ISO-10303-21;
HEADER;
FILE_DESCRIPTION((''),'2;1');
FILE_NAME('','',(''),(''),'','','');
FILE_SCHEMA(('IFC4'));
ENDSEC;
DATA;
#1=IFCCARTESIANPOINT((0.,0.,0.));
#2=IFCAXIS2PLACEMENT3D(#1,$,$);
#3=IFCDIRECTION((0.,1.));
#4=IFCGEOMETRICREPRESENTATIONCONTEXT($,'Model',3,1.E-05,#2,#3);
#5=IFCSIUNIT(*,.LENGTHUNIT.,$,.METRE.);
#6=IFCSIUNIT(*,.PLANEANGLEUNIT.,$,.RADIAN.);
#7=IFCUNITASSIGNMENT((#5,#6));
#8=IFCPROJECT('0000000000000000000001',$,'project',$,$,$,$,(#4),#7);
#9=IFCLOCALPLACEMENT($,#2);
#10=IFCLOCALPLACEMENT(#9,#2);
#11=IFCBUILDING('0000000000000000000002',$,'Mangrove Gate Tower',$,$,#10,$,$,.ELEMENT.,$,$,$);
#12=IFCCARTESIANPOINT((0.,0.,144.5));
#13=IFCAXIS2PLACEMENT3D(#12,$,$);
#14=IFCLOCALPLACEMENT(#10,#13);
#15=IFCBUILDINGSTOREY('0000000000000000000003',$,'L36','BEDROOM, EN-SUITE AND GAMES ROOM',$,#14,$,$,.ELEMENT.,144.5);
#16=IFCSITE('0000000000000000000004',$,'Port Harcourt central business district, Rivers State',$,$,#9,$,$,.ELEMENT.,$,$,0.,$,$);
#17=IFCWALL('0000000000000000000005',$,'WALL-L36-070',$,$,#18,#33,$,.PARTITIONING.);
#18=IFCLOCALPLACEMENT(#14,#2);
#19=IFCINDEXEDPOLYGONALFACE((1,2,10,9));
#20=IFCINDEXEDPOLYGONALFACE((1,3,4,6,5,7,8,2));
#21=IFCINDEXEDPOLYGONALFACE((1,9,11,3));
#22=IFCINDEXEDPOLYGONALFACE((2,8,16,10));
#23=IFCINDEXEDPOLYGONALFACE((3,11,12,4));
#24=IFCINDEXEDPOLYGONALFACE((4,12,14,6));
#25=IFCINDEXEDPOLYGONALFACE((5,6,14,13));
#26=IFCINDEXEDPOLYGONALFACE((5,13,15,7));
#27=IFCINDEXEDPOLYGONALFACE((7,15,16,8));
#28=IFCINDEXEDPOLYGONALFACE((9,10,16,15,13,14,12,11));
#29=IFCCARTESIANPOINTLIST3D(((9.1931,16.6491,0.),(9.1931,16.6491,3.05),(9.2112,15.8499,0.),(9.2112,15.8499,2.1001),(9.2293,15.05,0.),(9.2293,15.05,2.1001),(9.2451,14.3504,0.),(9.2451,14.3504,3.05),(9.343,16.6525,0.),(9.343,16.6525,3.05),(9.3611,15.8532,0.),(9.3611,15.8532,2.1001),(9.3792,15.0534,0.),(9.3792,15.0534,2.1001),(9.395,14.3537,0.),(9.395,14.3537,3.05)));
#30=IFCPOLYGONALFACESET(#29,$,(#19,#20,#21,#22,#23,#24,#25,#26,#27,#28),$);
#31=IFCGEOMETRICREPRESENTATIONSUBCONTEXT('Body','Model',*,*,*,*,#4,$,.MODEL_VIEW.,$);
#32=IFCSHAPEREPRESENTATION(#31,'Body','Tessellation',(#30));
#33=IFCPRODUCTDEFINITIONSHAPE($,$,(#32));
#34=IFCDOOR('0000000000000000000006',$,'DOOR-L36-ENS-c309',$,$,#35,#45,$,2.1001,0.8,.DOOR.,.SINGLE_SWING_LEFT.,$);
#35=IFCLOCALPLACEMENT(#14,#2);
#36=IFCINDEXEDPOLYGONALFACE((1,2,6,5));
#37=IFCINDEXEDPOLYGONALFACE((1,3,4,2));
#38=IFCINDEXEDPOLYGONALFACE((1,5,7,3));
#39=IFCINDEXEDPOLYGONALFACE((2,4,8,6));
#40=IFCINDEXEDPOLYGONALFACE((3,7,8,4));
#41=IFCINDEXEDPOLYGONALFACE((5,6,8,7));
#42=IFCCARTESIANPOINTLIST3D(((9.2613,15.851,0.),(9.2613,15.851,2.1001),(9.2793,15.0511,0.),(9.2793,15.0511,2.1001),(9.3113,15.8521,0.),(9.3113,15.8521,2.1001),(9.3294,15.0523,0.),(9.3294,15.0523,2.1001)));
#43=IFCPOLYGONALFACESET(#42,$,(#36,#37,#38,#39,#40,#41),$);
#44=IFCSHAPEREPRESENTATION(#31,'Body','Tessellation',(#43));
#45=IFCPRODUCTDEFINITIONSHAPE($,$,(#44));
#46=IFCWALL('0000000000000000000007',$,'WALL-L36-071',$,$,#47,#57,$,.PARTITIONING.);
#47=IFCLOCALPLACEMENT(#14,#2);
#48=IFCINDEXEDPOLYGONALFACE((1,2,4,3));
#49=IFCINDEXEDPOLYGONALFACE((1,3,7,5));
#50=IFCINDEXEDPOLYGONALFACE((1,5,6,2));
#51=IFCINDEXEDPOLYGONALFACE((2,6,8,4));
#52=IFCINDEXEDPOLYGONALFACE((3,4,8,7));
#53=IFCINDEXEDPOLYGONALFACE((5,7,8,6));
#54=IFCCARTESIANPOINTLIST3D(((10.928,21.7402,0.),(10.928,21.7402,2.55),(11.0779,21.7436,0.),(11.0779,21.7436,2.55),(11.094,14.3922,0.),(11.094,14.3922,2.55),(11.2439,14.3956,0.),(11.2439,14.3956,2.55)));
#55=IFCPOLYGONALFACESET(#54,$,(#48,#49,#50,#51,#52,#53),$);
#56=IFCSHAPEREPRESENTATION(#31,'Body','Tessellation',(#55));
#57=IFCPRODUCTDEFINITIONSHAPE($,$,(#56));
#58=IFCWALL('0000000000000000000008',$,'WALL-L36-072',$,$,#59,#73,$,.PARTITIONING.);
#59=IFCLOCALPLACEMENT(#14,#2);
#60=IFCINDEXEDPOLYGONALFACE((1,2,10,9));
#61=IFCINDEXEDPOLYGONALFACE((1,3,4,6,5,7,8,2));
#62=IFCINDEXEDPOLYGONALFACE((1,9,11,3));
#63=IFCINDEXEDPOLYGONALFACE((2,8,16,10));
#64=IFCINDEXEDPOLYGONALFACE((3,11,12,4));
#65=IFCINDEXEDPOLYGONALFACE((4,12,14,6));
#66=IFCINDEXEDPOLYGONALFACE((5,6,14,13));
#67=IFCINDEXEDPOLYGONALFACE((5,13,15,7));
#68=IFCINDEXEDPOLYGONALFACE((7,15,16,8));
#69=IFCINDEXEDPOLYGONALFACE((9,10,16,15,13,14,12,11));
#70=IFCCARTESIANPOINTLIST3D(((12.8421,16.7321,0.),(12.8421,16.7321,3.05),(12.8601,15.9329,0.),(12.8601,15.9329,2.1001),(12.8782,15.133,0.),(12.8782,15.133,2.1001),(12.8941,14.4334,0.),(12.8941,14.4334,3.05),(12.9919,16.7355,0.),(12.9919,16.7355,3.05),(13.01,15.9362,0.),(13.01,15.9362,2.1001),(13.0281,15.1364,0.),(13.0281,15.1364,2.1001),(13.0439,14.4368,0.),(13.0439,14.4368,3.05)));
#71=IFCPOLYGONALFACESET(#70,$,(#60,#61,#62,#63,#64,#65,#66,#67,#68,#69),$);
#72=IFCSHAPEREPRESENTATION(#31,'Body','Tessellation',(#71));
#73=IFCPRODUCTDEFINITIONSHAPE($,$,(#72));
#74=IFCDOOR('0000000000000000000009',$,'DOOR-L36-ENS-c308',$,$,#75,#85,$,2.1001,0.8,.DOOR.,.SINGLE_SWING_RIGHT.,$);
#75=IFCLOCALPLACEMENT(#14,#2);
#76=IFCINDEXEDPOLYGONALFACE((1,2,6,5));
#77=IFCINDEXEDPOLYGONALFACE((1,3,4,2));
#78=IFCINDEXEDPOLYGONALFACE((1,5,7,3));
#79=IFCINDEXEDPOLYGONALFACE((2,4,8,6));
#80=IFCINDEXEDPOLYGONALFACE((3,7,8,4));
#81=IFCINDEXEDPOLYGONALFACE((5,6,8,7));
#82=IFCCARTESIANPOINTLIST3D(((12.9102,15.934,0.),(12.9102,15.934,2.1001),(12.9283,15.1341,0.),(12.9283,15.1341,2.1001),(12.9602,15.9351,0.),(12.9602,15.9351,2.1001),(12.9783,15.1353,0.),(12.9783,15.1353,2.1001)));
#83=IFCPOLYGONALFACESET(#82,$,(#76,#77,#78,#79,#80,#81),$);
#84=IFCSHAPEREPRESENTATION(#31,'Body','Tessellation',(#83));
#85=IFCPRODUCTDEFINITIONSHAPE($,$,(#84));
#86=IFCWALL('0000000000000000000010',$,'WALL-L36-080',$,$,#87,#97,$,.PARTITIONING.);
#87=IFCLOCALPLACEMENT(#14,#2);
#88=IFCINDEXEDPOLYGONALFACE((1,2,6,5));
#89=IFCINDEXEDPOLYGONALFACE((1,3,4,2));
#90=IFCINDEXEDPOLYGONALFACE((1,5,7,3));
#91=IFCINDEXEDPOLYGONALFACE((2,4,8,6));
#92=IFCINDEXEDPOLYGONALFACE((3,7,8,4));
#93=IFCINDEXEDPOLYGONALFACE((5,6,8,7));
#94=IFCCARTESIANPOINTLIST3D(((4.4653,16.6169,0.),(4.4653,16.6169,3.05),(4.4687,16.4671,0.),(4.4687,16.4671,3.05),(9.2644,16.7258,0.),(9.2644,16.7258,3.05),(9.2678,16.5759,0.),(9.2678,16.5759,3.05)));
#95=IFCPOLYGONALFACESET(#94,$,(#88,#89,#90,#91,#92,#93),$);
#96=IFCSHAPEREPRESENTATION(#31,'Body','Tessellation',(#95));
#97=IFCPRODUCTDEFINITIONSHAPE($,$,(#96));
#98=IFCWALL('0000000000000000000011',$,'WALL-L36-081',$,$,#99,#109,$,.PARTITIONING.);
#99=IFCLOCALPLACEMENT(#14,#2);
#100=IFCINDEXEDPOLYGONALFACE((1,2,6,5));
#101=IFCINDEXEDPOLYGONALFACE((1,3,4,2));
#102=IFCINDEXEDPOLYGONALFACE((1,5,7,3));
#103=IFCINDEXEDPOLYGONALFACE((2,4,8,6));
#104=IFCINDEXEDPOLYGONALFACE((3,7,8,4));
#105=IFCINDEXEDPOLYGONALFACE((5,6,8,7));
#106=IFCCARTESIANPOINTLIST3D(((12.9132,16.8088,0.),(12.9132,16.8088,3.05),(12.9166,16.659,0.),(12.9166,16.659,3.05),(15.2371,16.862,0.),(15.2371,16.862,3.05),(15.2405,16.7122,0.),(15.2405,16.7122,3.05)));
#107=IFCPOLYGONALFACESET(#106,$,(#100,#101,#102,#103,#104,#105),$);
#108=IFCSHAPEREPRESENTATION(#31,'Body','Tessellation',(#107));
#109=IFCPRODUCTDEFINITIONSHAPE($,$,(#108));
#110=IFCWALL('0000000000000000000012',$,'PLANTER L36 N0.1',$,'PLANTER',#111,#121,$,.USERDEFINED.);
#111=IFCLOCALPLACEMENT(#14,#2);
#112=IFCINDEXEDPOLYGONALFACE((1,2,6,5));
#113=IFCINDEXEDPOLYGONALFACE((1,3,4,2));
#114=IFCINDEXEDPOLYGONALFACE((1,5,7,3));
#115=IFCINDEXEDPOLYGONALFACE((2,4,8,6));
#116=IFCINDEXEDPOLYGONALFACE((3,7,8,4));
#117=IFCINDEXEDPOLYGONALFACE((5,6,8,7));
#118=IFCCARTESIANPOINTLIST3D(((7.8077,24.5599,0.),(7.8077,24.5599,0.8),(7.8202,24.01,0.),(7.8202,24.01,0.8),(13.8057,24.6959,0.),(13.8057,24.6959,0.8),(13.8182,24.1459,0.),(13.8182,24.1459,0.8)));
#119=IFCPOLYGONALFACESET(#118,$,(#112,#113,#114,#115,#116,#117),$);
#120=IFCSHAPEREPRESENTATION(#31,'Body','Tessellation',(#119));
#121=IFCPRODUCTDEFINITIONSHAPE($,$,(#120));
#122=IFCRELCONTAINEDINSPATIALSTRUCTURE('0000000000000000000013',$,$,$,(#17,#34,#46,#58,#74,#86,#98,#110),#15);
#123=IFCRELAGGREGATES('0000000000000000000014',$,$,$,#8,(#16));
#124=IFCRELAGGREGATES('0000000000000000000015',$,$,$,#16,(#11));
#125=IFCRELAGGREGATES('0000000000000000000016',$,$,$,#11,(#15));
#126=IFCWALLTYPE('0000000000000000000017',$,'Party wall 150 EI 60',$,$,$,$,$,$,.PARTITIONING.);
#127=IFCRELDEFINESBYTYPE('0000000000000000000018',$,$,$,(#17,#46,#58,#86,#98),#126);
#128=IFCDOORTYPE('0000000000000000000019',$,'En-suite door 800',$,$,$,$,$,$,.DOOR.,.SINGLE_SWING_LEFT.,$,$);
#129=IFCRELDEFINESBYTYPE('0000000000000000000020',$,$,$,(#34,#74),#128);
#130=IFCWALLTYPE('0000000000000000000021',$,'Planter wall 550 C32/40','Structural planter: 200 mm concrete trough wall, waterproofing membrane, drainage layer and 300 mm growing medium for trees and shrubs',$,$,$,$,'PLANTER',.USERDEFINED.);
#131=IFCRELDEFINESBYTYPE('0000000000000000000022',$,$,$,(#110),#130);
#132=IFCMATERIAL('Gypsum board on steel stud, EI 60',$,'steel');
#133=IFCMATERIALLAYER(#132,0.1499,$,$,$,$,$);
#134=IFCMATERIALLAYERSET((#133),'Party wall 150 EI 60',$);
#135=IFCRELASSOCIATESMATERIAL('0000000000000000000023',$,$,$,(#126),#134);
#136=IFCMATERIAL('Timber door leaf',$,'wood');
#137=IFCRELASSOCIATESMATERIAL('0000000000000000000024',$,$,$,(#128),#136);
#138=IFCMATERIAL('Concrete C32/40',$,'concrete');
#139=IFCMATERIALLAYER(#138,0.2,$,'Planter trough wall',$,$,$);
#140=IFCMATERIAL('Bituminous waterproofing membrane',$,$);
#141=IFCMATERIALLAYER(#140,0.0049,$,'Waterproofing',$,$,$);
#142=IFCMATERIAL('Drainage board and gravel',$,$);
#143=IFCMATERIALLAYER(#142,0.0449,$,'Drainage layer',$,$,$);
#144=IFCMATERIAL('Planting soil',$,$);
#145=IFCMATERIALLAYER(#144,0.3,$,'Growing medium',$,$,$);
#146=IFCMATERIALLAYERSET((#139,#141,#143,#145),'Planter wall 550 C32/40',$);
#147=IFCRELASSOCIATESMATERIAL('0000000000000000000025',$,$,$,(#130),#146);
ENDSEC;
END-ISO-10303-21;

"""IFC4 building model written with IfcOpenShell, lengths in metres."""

from ifc_helpers import new_model, si_unit, direction, frame, frame_2d, origin, place, context, subcontext, project, spatial, rectangle, extrude, material, layer, layer_set, type_object, element, fill, save


model = new_model("IFC4")

# Units and contexts
model_context = context("Model", 3, precision=1e-05, world=origin(), true_north=direction((0.0, 1.0)))
body_context = subcontext(model_context, "Body", "Model", "MODEL_VIEW")
ifc_project = project(units=[si_unit("LENGTHUNIT", "METRE"), si_unit("PLANEANGLEUNIT", "RADIAN")], contexts=[model_context])

# Site, building, storey
site_placement = place(None, origin())
site = spatial("IfcSite", under=ifc_project, at=site_placement, Name="Port Harcourt central business district, Rivers State", CompositionType="ELEMENT", RefElevation=0.0)
building_placement = place(site_placement, origin())
building = spatial("IfcBuilding", under=site, at=building_placement, Name="Mangrove Gate Tower", CompositionType="ELEMENT")
storey_placement = place(building_placement, frame((0.0, 0.0, 144.5)))
storey = spatial("IfcBuildingStorey", under=building, at=storey_placement, Name="L36", Description="BEDROOM, EN-SUITE AND GAMES ROOM", CompositionType="ELEMENT", Elevation=144.5)

# Shared definitions
ifc_material_1 = material(Name="Gypsum board on steel stud, EI 60", Category="steel")
ifc_layer_1 = layer(ifc_material_1, 0.1499)
ifc_layer_set_1 = layer_set([ifc_layer_1], Name="Party wall 150 EI 60")
wall_type_1 = type_object("IfcWallType", Name="Party wall 150 EI 60", PredefinedType="PARTITIONING", material=ifc_layer_set_1)
ifc_material_2 = material(Name="Timber door leaf", Category="wood")
door_type = type_object("IfcDoorType", Name="En-suite door 800", OperationType="SINGLE_SWING_LEFT", PredefinedType="DOOR", material=ifc_material_2)

# Wall, opening, door
wall_1_placement = place(storey_placement, frame((9.3201, 14.3521, 0.0), z_axis=(0.0, 0.0, 1.0), x_axis=(-0.022615, 0.999744, 0.0)))
wall_1 = element("IfcWall", 1, at=wall_1_placement, inside=storey, type_object=wall_type_1, Name="WALL-L36-070", PredefinedType="PARTITIONING", context=body_context, shape_type="SweptSolid", body=[
    extrude(rectangle(XDim=2.2993, YDim=0.1499, at=frame_2d((1.1497, 0.0))), origin(), (0.0, 0.0, 1.0), 3.05),
])
opening_1_placement = place(wall_1_placement, frame((0.7, 0.0, 0.0)))
opening_1 = element("IfcOpeningElement", 2, at=opening_1_placement, cuts=wall_1, PredefinedType="OPENING", context=body_context, shape_type="SweptSolid", body=[
    extrude(rectangle(XDim=0.8, YDim=2.1001, at=frame_2d((0.3999, 1.05))), frame((0.0, 0.085, 0.0), z_axis=(0.0, -1.0, 0.0), x_axis=(1.0, 0.0, 0.0)), (0.0, 0.0, 1.0), 0.1699),
])
door_1_placement = place(opening_1_placement, origin())
door_1 = element("IfcDoor", 3, at=door_1_placement, inside=storey, type_object=door_type, Name="DOOR-L36-ENS-c309", OperationType="SINGLE_SWING_LEFT", OverallHeight=2.1001, OverallWidth=0.8, PredefinedType="DOOR", context=body_context, shape_type="SweptSolid", body=[
    extrude(rectangle(XDim=0.8, YDim=2.1001, at=frame_2d((0.3999, 1.05))), frame((0.0, 0.0249, 0.0), z_axis=(0.0, -1.0, 0.0), x_axis=(1.0, 0.0, 0.0)), (0.0, 0.0, 1.0), 0.05),
])
fill(opening_1, door_1)

# Wall
wall_2_placement = place(storey_placement, frame((11.1689, 14.394, 0.0), z_axis=(0.0, 0.0, 1.0), x_axis=(-0.022588, 0.999745, 0.0)))
element("IfcWall", 4, at=wall_2_placement, inside=storey, type_object=wall_type_1, Name="WALL-L36-071", PredefinedType="PARTITIONING", context=body_context, shape_type="SweptSolid", body=[
    extrude(rectangle(XDim=7.3499, YDim=0.1499, at=frame_2d((3.6748, 0.0))), origin(), (0.0, 0.0, 1.0), 2.55),
])

# Wall, opening, door
wall_3_placement = place(storey_placement, frame((12.969, 14.4351, 0.0), z_axis=(0.0, 0.0, 1.0), x_axis=(-0.022615, 0.999744, 0.0)))
wall_3 = element("IfcWall", 5, at=wall_3_placement, inside=storey, type_object=wall_type_1, Name="WALL-L36-072", PredefinedType="PARTITIONING", context=body_context, shape_type="SweptSolid", body=[
    extrude(rectangle(XDim=2.2993, YDim=0.1499, at=frame_2d((1.1497, 0.0))), origin(), (0.0, 0.0, 1.0), 3.05),
])
opening_2_placement = place(wall_3_placement, frame((0.7, 0.0, 0.0)))
opening_2 = element("IfcOpeningElement", 6, at=opening_2_placement, cuts=wall_3, PredefinedType="OPENING", context=body_context, shape_type="SweptSolid", body=[
    extrude(rectangle(XDim=0.8, YDim=2.1001, at=frame_2d((0.3999, 1.05))), frame((0.0, 0.085, 0.0), z_axis=(0.0, -1.0, 0.0), x_axis=(1.0, 0.0, 0.0)), (0.0, 0.0, 1.0), 0.1699),
])
door_2_placement = place(opening_2_placement, origin())
door_2 = element("IfcDoor", 7, at=door_2_placement, inside=storey, type_object=door_type, Name="DOOR-L36-ENS-c308", OperationType="SINGLE_SWING_RIGHT", OverallHeight=2.1001, OverallWidth=0.8, PredefinedType="DOOR", context=body_context, shape_type="SweptSolid", body=[
    extrude(rectangle(XDim=0.8, YDim=2.1001, at=frame_2d((0.3999, 1.05))), frame((0.0, 0.0249, 0.0), z_axis=(0.0, -1.0, 0.0), x_axis=(1.0, 0.0, 0.0)), (0.0, 0.0, 1.0), 0.05),
])
fill(opening_2, door_2)

# Walls
wall_4_placement = place(storey_placement, frame((4.467, 16.542, 0.0), z_axis=(0.0, 0.0, 1.0), x_axis=(0.999743, 0.022683, 0.0)))
element("IfcWall", 8, at=wall_4_placement, inside=storey, type_object=wall_type_1, Name="WALL-L36-080", PredefinedType="PARTITIONING", context=body_context, shape_type="SweptSolid", body=[
    extrude(rectangle(XDim=4.8003, YDim=0.1499, at=frame_2d((2.4001, 0.0))), origin(), (0.0, 0.0, 1.0), 3.05),
])
wall_5_placement = place(storey_placement, frame((12.915, 16.7339, 0.0), z_axis=(0.0, 0.0, 1.0), x_axis=(0.999738, 0.022896, 0.0)))
element("IfcWall", 9, at=wall_5_placement, inside=storey, type_object=wall_type_1, Name="WALL-L36-081", PredefinedType="PARTITIONING", context=body_context, shape_type="SweptSolid", body=[
    extrude(rectangle(XDim=2.3245, YDim=0.1499, at=frame_2d((1.1621, 0.0))), origin(), (0.0, 0.0, 1.0), 3.05),
])
ifc_material_3 = material(Name="Concrete C32/40", Category="concrete")
ifc_layer_2 = layer(ifc_material_3, 0.2, Name="Planter trough wall")
ifc_material_4 = material(Name="Bituminous waterproofing membrane")
ifc_layer_3 = layer(ifc_material_4, 0.0049, Name="Waterproofing")
ifc_material_5 = material(Name="Drainage board and gravel")
ifc_layer_4 = layer(ifc_material_5, 0.0449, Name="Drainage layer")
ifc_material_6 = material(Name="Planting soil")
ifc_layer_5 = layer(ifc_material_6, 0.3, Name="Growing medium")
ifc_layer_set_2 = layer_set([ifc_layer_2, ifc_layer_3, ifc_layer_4, ifc_layer_5], Name="Planter wall 550 C32/40")
wall_type_2 = type_object("IfcWallType", Name="Planter wall 550 C32/40", Description="Structural planter: 200 mm concrete trough wall, waterproofing membrane, drainage layer and 300 mm growing medium for trees and shrubs", ElementType="PLANTER", PredefinedType="USERDEFINED", material=ifc_layer_set_2)
wall_6_placement = place(storey_placement, frame((7.814, 24.2849, 0.0), z_axis=(0.0, 0.0, 1.0), x_axis=(0.999743, 0.022666, 0.0)))
element("IfcWall", 10, at=wall_6_placement, inside=storey, type_object=wall_type_2, Name="PLANTER L36 N0.1", ObjectType="PLANTER", PredefinedType="USERDEFINED", context=body_context, shape_type="SweptSolid", body=[
    extrude(rectangle(XDim=5.9995, YDim=0.55, at=frame_2d((2.9998, 0.0))), origin(), (0.0, 0.0, 1.0), 0.8),
])

save(model, "model.ifc")
